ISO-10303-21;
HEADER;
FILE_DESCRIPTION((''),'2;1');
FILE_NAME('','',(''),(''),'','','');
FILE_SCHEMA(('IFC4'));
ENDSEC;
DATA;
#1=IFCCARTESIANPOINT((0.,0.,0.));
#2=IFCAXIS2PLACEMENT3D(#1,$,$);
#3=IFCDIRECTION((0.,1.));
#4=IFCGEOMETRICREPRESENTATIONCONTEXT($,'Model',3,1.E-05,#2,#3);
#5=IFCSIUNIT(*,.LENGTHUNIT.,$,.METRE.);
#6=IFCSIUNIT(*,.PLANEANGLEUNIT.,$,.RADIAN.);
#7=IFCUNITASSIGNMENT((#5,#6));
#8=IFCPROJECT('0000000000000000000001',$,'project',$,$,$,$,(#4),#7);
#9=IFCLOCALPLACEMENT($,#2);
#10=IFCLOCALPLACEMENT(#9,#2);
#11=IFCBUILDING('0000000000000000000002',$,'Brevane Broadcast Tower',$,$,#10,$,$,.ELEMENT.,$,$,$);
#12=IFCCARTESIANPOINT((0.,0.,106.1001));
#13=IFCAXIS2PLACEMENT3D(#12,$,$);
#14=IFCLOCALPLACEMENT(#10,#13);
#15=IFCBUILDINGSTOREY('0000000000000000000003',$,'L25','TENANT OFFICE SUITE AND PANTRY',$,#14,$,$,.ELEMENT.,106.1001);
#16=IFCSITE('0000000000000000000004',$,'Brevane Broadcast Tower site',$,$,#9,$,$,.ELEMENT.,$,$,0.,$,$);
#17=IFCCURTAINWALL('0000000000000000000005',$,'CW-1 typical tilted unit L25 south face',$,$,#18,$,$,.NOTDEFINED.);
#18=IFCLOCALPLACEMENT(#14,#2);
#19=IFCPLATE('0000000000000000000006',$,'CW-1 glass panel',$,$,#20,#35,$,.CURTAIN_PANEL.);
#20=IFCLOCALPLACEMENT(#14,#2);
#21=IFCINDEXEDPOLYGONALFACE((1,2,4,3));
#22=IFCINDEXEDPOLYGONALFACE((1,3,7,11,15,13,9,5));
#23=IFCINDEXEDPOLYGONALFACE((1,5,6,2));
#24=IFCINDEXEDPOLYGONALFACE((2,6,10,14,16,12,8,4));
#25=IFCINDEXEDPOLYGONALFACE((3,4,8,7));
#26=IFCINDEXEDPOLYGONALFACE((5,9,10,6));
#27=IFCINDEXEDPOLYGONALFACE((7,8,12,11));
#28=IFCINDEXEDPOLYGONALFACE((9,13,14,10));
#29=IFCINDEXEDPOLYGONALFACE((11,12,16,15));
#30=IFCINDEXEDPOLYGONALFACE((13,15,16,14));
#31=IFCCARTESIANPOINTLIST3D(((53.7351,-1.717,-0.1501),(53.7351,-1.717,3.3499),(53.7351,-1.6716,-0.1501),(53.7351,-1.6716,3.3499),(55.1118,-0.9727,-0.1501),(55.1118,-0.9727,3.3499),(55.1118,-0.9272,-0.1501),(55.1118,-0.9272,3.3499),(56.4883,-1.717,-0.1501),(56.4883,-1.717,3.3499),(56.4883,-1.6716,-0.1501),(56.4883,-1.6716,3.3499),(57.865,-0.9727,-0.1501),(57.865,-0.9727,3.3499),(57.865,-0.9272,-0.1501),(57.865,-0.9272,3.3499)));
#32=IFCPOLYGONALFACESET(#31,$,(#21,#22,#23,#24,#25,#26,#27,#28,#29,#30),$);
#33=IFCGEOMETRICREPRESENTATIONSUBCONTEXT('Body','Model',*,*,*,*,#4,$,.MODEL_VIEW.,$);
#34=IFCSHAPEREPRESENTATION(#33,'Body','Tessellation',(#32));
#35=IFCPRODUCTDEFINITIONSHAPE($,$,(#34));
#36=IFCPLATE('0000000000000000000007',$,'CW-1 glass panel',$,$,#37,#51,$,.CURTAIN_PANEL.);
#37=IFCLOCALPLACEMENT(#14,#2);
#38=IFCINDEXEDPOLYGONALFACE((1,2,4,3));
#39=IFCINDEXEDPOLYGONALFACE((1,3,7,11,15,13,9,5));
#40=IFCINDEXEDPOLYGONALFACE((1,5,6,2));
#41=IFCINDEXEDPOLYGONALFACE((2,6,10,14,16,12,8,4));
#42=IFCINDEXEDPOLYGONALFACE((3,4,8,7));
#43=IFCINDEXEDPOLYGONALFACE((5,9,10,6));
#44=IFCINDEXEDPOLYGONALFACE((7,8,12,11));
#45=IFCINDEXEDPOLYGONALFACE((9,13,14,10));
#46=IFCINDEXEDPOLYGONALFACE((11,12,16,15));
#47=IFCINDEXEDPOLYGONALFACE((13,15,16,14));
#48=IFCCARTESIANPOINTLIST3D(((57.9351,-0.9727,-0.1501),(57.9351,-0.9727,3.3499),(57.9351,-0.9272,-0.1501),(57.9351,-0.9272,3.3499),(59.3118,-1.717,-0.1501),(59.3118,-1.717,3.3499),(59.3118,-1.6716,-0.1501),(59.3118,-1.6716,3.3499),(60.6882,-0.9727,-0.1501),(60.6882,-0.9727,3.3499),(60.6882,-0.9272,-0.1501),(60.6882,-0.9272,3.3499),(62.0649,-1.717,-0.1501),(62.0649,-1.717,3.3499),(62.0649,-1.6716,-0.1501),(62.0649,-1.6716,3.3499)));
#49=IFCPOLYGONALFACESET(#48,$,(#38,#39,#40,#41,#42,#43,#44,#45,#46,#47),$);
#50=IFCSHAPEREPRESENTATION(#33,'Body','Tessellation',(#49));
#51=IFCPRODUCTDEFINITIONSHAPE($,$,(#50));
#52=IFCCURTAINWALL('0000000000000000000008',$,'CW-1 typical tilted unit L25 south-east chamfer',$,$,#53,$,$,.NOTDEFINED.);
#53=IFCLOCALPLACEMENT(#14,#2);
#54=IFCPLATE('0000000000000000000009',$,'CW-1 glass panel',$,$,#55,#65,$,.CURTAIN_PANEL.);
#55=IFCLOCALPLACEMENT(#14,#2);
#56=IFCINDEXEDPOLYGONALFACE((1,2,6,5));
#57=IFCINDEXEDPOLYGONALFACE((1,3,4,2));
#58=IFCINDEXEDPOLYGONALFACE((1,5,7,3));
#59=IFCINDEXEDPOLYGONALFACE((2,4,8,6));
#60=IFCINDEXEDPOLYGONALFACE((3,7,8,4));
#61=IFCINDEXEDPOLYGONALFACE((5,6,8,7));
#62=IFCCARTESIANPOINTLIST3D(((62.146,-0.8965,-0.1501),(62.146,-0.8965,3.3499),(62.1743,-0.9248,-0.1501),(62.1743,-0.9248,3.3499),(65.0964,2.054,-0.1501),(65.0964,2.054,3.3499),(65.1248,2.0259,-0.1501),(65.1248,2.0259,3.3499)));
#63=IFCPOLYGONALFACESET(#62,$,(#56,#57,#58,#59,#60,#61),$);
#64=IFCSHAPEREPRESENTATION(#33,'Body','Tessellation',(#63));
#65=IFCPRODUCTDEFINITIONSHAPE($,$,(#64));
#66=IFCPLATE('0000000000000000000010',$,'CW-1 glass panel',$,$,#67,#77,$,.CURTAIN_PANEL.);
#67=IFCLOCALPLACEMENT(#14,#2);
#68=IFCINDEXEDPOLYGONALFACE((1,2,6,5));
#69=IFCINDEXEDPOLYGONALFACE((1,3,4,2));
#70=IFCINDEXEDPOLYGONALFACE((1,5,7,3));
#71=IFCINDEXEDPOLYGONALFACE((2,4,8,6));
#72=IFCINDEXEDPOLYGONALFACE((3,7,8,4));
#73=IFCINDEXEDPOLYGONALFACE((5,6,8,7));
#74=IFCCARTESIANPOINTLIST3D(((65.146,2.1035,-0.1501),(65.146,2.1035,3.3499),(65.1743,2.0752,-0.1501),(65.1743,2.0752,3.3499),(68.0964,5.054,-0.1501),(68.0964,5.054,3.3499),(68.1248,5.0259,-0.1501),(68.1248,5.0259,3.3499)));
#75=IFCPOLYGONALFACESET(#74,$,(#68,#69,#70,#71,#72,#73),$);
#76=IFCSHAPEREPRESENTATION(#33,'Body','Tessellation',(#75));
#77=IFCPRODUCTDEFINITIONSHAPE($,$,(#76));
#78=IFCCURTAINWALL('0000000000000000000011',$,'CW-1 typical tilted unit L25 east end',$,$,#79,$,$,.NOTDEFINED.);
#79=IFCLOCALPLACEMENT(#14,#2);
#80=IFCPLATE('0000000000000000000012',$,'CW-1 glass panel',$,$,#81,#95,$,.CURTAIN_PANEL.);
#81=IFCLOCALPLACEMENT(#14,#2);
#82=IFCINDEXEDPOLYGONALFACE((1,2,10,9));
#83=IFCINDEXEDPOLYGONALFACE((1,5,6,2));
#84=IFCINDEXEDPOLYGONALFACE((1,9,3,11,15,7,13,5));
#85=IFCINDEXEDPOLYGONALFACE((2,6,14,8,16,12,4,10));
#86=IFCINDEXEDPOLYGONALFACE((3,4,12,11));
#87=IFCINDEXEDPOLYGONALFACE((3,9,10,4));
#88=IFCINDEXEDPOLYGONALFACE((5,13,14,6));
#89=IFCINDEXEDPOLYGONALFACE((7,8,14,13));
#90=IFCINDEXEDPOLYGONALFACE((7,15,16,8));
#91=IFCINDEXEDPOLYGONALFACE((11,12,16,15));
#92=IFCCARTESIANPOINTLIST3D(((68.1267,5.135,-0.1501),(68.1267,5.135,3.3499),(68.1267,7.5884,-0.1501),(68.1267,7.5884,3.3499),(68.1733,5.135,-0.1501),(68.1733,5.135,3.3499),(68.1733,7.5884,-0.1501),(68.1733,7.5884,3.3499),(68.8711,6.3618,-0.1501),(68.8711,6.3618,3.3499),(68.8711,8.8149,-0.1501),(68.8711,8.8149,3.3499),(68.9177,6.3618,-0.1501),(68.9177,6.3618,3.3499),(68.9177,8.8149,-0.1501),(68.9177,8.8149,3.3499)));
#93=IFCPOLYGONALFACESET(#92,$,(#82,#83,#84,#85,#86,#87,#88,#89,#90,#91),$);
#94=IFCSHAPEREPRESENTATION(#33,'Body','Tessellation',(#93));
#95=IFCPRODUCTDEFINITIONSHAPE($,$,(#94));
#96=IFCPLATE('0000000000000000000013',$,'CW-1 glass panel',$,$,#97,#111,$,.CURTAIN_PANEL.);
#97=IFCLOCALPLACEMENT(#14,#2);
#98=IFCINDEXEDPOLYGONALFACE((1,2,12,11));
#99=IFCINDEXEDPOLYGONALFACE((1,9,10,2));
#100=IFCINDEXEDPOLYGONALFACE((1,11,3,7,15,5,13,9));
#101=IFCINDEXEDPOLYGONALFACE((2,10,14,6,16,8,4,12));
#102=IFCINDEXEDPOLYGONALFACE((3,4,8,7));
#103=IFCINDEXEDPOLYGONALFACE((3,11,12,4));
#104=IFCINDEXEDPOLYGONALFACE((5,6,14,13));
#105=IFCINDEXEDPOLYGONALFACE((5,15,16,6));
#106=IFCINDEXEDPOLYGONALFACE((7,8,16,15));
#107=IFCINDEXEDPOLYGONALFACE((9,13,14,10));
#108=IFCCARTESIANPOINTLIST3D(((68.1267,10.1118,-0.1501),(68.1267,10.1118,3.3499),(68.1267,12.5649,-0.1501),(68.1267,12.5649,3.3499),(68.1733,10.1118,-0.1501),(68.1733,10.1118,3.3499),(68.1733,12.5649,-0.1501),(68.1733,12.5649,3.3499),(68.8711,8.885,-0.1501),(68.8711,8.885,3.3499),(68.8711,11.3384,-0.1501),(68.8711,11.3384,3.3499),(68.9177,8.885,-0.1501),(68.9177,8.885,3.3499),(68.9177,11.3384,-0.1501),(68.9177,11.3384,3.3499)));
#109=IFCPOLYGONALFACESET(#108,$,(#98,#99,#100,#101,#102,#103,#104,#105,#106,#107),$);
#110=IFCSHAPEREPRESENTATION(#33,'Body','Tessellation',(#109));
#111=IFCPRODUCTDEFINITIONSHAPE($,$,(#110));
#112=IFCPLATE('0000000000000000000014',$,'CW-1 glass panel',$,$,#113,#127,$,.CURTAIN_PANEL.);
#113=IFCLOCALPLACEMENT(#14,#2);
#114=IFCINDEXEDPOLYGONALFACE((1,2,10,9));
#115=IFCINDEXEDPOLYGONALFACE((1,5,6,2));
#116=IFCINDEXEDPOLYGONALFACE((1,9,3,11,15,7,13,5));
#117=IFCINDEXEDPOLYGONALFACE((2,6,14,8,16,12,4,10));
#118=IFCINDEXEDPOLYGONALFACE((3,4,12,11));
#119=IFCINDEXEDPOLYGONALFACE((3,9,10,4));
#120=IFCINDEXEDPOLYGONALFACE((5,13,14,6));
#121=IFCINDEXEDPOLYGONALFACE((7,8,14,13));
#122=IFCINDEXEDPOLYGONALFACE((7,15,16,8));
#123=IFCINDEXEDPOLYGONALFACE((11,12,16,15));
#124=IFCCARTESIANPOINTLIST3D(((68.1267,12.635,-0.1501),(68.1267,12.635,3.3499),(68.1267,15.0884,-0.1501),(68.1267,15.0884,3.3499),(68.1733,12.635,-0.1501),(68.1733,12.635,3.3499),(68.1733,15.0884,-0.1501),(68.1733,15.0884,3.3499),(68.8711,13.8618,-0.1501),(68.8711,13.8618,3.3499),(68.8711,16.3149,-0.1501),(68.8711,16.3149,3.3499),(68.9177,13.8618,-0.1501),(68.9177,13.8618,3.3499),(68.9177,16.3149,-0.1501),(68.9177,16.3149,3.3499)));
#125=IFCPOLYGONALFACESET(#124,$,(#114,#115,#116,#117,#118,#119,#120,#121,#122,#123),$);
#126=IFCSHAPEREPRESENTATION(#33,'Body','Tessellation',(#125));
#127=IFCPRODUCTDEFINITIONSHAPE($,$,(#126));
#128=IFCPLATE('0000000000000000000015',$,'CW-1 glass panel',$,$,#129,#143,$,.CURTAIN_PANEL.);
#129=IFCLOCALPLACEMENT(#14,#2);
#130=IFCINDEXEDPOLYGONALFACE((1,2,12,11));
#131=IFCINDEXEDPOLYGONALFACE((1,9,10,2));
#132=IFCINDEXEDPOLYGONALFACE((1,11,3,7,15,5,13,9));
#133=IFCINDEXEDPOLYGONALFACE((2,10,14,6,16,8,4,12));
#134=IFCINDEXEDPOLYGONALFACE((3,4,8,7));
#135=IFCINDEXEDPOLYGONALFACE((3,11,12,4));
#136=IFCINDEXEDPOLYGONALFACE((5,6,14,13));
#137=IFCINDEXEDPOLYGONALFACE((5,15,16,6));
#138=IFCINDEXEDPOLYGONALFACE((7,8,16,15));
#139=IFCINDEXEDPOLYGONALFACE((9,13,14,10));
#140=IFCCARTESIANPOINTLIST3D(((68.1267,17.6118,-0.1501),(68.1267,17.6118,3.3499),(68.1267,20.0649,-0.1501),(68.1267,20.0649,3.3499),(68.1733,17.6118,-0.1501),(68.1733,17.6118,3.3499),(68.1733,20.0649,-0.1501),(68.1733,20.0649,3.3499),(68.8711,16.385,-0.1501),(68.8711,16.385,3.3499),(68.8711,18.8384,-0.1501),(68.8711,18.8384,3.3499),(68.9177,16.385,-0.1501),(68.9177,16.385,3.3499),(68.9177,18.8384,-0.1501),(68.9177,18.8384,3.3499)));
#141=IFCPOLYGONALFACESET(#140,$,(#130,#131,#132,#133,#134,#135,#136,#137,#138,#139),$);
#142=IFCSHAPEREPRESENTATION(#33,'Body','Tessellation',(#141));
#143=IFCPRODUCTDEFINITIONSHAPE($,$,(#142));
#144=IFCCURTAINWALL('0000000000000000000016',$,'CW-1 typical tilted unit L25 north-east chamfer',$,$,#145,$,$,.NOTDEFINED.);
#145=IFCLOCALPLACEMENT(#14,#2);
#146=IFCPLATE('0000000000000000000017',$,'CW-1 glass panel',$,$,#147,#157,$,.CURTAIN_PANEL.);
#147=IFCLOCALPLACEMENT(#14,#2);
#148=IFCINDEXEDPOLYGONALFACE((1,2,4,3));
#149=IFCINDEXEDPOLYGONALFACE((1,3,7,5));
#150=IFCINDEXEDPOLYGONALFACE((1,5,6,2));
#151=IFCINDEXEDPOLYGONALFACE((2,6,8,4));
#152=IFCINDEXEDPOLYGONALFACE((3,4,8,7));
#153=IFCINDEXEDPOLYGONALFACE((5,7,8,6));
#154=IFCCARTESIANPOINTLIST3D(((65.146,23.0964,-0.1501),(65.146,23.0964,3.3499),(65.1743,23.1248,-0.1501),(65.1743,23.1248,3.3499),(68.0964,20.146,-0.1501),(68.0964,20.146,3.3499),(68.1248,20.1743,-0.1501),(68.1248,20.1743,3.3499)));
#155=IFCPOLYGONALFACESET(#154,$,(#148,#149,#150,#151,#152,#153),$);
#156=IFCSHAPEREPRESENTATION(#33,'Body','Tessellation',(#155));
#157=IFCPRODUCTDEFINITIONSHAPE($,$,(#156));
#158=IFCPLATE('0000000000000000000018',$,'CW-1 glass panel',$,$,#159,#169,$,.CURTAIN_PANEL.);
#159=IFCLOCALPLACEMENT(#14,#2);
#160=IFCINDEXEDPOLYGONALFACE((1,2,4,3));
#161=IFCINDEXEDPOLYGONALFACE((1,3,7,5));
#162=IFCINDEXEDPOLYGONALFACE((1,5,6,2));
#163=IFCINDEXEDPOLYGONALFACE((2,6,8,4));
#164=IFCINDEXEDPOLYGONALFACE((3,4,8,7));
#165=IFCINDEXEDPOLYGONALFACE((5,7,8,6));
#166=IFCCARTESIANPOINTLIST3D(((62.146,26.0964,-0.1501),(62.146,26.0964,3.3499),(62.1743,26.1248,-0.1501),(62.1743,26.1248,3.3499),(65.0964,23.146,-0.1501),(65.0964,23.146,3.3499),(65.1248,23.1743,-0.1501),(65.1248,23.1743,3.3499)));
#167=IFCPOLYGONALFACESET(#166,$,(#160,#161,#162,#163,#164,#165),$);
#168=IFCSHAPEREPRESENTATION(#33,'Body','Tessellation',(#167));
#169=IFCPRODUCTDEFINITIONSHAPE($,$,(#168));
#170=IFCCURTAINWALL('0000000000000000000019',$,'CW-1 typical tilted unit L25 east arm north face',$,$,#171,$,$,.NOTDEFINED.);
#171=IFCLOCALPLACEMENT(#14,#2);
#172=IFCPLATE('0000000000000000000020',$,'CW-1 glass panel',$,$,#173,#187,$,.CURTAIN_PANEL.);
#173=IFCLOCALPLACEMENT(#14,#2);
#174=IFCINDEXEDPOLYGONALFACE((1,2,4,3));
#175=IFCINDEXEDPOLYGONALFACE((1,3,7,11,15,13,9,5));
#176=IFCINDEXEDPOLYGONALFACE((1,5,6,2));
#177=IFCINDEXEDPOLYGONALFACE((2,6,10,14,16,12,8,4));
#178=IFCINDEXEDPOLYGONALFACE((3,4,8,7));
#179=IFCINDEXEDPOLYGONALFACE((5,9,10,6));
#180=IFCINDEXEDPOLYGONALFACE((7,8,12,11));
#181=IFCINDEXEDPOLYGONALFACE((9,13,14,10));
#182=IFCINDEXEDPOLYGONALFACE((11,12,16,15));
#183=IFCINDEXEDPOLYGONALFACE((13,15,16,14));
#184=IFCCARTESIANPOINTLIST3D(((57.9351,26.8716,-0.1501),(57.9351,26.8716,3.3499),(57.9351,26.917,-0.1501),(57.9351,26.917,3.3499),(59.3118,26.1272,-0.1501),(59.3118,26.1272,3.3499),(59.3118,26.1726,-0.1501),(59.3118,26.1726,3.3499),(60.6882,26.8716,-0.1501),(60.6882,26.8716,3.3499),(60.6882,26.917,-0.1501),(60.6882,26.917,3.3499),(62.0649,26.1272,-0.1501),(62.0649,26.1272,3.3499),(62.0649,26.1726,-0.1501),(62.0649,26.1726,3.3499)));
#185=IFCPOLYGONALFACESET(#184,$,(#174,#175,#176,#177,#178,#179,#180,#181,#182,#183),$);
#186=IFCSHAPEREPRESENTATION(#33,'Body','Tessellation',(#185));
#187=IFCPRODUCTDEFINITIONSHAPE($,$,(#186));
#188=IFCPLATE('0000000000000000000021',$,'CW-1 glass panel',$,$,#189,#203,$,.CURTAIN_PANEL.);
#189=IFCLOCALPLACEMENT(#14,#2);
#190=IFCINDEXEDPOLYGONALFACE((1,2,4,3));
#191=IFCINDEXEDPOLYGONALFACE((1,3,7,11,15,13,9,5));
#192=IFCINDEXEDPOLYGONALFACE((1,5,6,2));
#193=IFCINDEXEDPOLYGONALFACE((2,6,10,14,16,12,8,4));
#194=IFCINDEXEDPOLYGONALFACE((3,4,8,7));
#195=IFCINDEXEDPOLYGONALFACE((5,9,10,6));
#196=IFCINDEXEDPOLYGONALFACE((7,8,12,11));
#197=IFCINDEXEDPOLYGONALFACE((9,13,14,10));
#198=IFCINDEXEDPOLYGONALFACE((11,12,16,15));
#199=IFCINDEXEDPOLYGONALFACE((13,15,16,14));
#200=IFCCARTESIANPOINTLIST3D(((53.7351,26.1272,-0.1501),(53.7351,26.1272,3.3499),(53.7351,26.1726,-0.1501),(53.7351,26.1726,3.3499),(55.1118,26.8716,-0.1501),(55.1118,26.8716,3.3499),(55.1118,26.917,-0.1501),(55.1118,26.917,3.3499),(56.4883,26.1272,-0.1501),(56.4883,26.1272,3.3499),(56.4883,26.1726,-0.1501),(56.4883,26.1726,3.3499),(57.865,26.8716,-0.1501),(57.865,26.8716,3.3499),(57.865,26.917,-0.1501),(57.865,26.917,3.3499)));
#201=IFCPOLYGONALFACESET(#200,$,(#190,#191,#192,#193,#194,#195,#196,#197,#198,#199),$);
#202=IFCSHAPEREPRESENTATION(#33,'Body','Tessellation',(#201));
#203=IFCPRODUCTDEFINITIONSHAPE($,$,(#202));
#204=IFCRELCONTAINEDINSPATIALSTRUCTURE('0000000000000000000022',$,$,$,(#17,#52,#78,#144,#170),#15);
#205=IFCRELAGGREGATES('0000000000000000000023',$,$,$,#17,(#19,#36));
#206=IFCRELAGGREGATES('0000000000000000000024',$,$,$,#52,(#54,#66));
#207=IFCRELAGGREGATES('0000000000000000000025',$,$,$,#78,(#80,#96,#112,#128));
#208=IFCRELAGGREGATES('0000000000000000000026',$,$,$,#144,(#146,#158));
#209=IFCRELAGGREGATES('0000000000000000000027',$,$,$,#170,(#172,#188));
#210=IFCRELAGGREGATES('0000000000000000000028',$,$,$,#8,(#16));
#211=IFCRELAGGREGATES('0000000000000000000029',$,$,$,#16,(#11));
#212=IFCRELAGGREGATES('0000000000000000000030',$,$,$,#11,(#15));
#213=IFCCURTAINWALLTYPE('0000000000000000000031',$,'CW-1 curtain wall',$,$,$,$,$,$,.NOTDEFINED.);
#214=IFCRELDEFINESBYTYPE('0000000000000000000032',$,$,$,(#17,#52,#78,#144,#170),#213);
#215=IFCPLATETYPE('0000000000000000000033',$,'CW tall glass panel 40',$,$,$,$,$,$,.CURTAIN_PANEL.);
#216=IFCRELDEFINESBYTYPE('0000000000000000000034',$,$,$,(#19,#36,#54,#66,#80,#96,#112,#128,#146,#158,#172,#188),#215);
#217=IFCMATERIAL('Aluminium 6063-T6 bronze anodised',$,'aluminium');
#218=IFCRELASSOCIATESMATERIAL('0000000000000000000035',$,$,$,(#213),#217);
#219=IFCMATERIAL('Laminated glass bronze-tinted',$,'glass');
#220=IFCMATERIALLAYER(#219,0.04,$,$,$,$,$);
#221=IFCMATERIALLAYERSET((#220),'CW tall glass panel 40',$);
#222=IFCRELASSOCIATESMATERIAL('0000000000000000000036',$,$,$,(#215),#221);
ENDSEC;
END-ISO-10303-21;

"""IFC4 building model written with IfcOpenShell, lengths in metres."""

from ifc_helpers import new_model, si_unit, direction, frame, origin, place, context, subcontext, project, spatial, polyline, outline, extrude, material, layer, layer_set, type_object, element, aggregate, save


model = new_model("IFC4")

# Units and contexts
model_context = context("Model", 3, precision=1e-05, world=origin(), true_north=direction((0.0, 1.0)))
body_context = subcontext(model_context, "Body", "Model", "MODEL_VIEW")
ifc_project = project(units=[si_unit("LENGTHUNIT", "METRE"), si_unit("PLANEANGLEUNIT", "RADIAN")], contexts=[model_context])

# Site, building, storey
site_placement = place(None, origin())
site = spatial("IfcSite", under=ifc_project, at=site_placement, Name="Brevane Broadcast Tower site", CompositionType="ELEMENT", RefElevation=0.0)
building_placement = place(site_placement, origin())
building = spatial("IfcBuilding", under=site, at=building_placement, Name="Brevane Broadcast Tower", CompositionType="ELEMENT")
storey_placement = place(building_placement, frame((0.0, 0.0, 106.1001)))
storey = spatial("IfcBuildingStorey", under=building, at=storey_placement, Name="L25", Description="TENANT OFFICE SUITE AND PANTRY", CompositionType="ELEMENT", Elevation=106.1001)

# Curtain walls, plates
ifc_material_1 = material(Name="Aluminium 6063-T6 bronze anodised", Category="aluminium")
curtain_wall_type = type_object("IfcCurtainWallType", Name="CW-1 curtain wall", PredefinedType="NOTDEFINED", material=ifc_material_1)
curtain_wall_1_placement = place(storey_placement, origin())
curtain_wall_1 = element("IfcCurtainWall", 1, at=curtain_wall_1_placement, inside=storey, type_object=curtain_wall_type, Name="CW-1 typical tilted unit L25 south face", PredefinedType="NOTDEFINED")
ifc_material_2 = material(Name="Laminated glass bronze-tinted", Category="glass")
ifc_layer = layer(ifc_material_2, 0.04)
ifc_layer_set = layer_set([ifc_layer], Name="CW tall glass panel 40")
plate_type = type_object("IfcPlateType", Name="CW tall glass panel 40", PredefinedType="CURTAIN_PANEL", material=ifc_layer_set)
plate_1_placement = place(storey_placement, frame((0.0, 0.0, -0.1501)))
plate_1 = element("IfcPlate", 2, at=plate_1_placement, type_object=plate_type, Name="CW-1 glass panel", PredefinedType="CURTAIN_PANEL", context=body_context, shape_type="SweptSolid", body=[
    extrude(outline(polyline([(53.7351, -1.6716), (53.7351, -1.717), (55.1118, -0.9727), (56.4883, -1.717), (57.865, -0.9727), (57.865, -0.9272), (56.4883, -1.6716), (55.1118, -0.9272), (53.7351, -1.6716)])), origin(), (0.0, 0.0, 1.0), 3.5),
])
plate_2_placement = place(storey_placement, frame((0.0, 0.0, -0.1501)))
plate_2 = element("IfcPlate", 3, at=plate_2_placement, type_object=plate_type, Name="CW-1 glass panel", PredefinedType="CURTAIN_PANEL", context=body_context, shape_type="SweptSolid", body=[
    extrude(outline(polyline([(57.9351, -0.9272), (57.9351, -0.9727), (59.3118, -1.717), (60.6882, -0.9727), (62.0649, -1.717), (62.0649, -1.6716), (60.6882, -0.9272), (59.3118, -1.6716), (57.9351, -0.9272)])), origin(), (0.0, 0.0, 1.0), 3.5),
])
aggregate(curtain_wall_1, [plate_1, plate_2])
curtain_wall_2_placement = place(storey_placement, origin())
curtain_wall_2 = element("IfcCurtainWall", 4, at=curtain_wall_2_placement, inside=storey, type_object=curtain_wall_type, Name="CW-1 typical tilted unit L25 south-east chamfer", PredefinedType="NOTDEFINED")
plate_3_placement = place(storey_placement, frame((0.0, 0.0, -0.1501)))
plate_3 = element("IfcPlate", 5, at=plate_3_placement, type_object=plate_type, Name="CW-1 glass panel", PredefinedType="CURTAIN_PANEL", context=body_context, shape_type="SweptSolid", body=[
    extrude(outline(polyline([(62.146, -0.8965), (65.0964, 2.054), (65.1248, 2.0259), (62.1743, -0.9248), (62.146, -0.8965)])), origin(), (0.0, 0.0, 1.0), 3.5),
])
plate_4_placement = place(storey_placement, frame((0.0, 0.0, -0.1501)))
plate_4 = element("IfcPlate", 6, at=plate_4_placement, type_object=plate_type, Name="CW-1 glass panel", PredefinedType="CURTAIN_PANEL", context=body_context, shape_type="SweptSolid", body=[
    extrude(outline(polyline([(65.146, 2.1035), (68.0964, 5.054), (68.1248, 5.0259), (65.1743, 2.0752), (65.146, 2.1035)])), origin(), (0.0, 0.0, 1.0), 3.5),
])
aggregate(curtain_wall_2, [plate_3, plate_4])
curtain_wall_3_placement = place(storey_placement, origin())
curtain_wall_3 = element("IfcCurtainWall", 7, at=curtain_wall_3_placement, inside=storey, type_object=curtain_wall_type, Name="CW-1 typical tilted unit L25 east end", PredefinedType="NOTDEFINED")
plate_5_placement = place(storey_placement, frame((0.0, 0.0, -0.1501)))
plate_5 = element("IfcPlate", 8, at=plate_5_placement, type_object=plate_type, Name="CW-1 glass panel", PredefinedType="CURTAIN_PANEL", context=body_context, shape_type="SweptSolid", body=[
    extrude(outline(polyline([(68.1267, 5.135), (68.1733, 5.135), (68.9177, 6.3618), (68.1733, 7.5884), (68.9177, 8.8149), (68.8711, 8.8149), (68.1267, 7.5884), (68.8711, 6.3618), (68.1267, 5.135)])), origin(), (0.0, 0.0, 1.0), 3.5),
])
plate_6_placement = place(storey_placement, frame((0.0, 0.0, -0.1501)))
plate_6 = element("IfcPlate", 9, at=plate_6_placement, type_object=plate_type, Name="CW-1 glass panel", PredefinedType="CURTAIN_PANEL", context=body_context, shape_type="SweptSolid", body=[
    extrude(outline(polyline([(68.8711, 8.885), (68.9177, 8.885), (68.1733, 10.1118), (68.9177, 11.3384), (68.1733, 12.5649), (68.1267, 12.5649), (68.8711, 11.3384), (68.1267, 10.1118), (68.8711, 8.885)])), origin(), (0.0, 0.0, 1.0), 3.5),
])
plate_7_placement = place(storey_placement, frame((0.0, 0.0, -0.1501)))
plate_7 = element("IfcPlate", 10, at=plate_7_placement, type_object=plate_type, Name="CW-1 glass panel", PredefinedType="CURTAIN_PANEL", context=body_context, shape_type="SweptSolid", body=[
    extrude(outline(polyline([(68.1267, 12.635), (68.1733, 12.635), (68.9177, 13.8618), (68.1733, 15.0884), (68.9177, 16.3149), (68.8711, 16.3149), (68.1267, 15.0884), (68.8711, 13.8618), (68.1267, 12.635)])), origin(), (0.0, 0.0, 1.0), 3.5),
])
plate_8_placement = place(storey_placement, frame((0.0, 0.0, -0.1501)))
plate_8 = element("IfcPlate", 11, at=plate_8_placement, type_object=plate_type, Name="CW-1 glass panel", PredefinedType="CURTAIN_PANEL", context=body_context, shape_type="SweptSolid", body=[
    extrude(outline(polyline([(68.8711, 16.385), (68.9177, 16.385), (68.1733, 17.6118), (68.9177, 18.8384), (68.1733, 20.0649), (68.1267, 20.0649), (68.8711, 18.8384), (68.1267, 17.6118), (68.8711, 16.385)])), origin(), (0.0, 0.0, 1.0), 3.5),
])
aggregate(curtain_wall_3, [plate_5, plate_6, plate_7, plate_8])
curtain_wall_4_placement = place(storey_placement, origin())
curtain_wall_4 = element("IfcCurtainWall", 12, at=curtain_wall_4_placement, inside=storey, type_object=curtain_wall_type, Name="CW-1 typical tilted unit L25 north-east chamfer", PredefinedType="NOTDEFINED")
plate_9_placement = place(storey_placement, frame((0.0, 0.0, -0.1501)))
plate_9 = element("IfcPlate", 13, at=plate_9_placement, type_object=plate_type, Name="CW-1 glass panel", PredefinedType="CURTAIN_PANEL", context=body_context, shape_type="SweptSolid", body=[
    extrude(outline(polyline([(68.0964, 20.146), (65.146, 23.0964), (65.1743, 23.1248), (68.1248, 20.1743), (68.0964, 20.146)])), origin(), (0.0, 0.0, 1.0), 3.5),
])
plate_10_placement = place(storey_placement, frame((0.0, 0.0, -0.1501)))
plate_10 = element("IfcPlate", 14, at=plate_10_placement, type_object=plate_type, Name="CW-1 glass panel", PredefinedType="CURTAIN_PANEL", context=body_context, shape_type="SweptSolid", body=[
    extrude(outline(polyline([(65.0964, 23.146), (62.146, 26.0964), (62.1743, 26.1248), (65.1248, 23.1743), (65.0964, 23.146)])), origin(), (0.0, 0.0, 1.0), 3.5),
])
aggregate(curtain_wall_4, [plate_9, plate_10])
curtain_wall_5_placement = place(storey_placement, origin())
curtain_wall_5 = element("IfcCurtainWall", 15, at=curtain_wall_5_placement, inside=storey, type_object=curtain_wall_type, Name="CW-1 typical tilted unit L25 east arm north face", PredefinedType="NOTDEFINED")
plate_11_placement = place(storey_placement, frame((0.0, 0.0, -0.1501)))
plate_11 = element("IfcPlate", 16, at=plate_11_placement, type_object=plate_type, Name="CW-1 glass panel", PredefinedType="CURTAIN_PANEL", context=body_context, shape_type="SweptSolid", body=[
    extrude(outline(polyline([(62.0649, 26.1272), (62.0649, 26.1726), (60.6882, 26.917), (59.3118, 26.1726), (57.9351, 26.917), (57.9351, 26.8716), (59.3118, 26.1272), (60.6882, 26.8716), (62.0649, 26.1272)])), origin(), (0.0, 0.0, 1.0), 3.5),
])
plate_12_placement = place(storey_placement, frame((0.0, 0.0, -0.1501)))
plate_12 = element("IfcPlate", 17, at=plate_12_placement, type_object=plate_type, Name="CW-1 glass panel", PredefinedType="CURTAIN_PANEL", context=body_context, shape_type="SweptSolid", body=[
    extrude(outline(polyline([(57.865, 26.8716), (57.865, 26.917), (56.4883, 26.1726), (55.1118, 26.917), (53.7351, 26.1726), (53.7351, 26.1272), (55.1118, 26.8716), (56.4883, 26.1272), (57.865, 26.8716)])), origin(), (0.0, 0.0, 1.0), 3.5),
])
aggregate(curtain_wall_5, [plate_11, plate_12])

save(model, "model.ifc")
